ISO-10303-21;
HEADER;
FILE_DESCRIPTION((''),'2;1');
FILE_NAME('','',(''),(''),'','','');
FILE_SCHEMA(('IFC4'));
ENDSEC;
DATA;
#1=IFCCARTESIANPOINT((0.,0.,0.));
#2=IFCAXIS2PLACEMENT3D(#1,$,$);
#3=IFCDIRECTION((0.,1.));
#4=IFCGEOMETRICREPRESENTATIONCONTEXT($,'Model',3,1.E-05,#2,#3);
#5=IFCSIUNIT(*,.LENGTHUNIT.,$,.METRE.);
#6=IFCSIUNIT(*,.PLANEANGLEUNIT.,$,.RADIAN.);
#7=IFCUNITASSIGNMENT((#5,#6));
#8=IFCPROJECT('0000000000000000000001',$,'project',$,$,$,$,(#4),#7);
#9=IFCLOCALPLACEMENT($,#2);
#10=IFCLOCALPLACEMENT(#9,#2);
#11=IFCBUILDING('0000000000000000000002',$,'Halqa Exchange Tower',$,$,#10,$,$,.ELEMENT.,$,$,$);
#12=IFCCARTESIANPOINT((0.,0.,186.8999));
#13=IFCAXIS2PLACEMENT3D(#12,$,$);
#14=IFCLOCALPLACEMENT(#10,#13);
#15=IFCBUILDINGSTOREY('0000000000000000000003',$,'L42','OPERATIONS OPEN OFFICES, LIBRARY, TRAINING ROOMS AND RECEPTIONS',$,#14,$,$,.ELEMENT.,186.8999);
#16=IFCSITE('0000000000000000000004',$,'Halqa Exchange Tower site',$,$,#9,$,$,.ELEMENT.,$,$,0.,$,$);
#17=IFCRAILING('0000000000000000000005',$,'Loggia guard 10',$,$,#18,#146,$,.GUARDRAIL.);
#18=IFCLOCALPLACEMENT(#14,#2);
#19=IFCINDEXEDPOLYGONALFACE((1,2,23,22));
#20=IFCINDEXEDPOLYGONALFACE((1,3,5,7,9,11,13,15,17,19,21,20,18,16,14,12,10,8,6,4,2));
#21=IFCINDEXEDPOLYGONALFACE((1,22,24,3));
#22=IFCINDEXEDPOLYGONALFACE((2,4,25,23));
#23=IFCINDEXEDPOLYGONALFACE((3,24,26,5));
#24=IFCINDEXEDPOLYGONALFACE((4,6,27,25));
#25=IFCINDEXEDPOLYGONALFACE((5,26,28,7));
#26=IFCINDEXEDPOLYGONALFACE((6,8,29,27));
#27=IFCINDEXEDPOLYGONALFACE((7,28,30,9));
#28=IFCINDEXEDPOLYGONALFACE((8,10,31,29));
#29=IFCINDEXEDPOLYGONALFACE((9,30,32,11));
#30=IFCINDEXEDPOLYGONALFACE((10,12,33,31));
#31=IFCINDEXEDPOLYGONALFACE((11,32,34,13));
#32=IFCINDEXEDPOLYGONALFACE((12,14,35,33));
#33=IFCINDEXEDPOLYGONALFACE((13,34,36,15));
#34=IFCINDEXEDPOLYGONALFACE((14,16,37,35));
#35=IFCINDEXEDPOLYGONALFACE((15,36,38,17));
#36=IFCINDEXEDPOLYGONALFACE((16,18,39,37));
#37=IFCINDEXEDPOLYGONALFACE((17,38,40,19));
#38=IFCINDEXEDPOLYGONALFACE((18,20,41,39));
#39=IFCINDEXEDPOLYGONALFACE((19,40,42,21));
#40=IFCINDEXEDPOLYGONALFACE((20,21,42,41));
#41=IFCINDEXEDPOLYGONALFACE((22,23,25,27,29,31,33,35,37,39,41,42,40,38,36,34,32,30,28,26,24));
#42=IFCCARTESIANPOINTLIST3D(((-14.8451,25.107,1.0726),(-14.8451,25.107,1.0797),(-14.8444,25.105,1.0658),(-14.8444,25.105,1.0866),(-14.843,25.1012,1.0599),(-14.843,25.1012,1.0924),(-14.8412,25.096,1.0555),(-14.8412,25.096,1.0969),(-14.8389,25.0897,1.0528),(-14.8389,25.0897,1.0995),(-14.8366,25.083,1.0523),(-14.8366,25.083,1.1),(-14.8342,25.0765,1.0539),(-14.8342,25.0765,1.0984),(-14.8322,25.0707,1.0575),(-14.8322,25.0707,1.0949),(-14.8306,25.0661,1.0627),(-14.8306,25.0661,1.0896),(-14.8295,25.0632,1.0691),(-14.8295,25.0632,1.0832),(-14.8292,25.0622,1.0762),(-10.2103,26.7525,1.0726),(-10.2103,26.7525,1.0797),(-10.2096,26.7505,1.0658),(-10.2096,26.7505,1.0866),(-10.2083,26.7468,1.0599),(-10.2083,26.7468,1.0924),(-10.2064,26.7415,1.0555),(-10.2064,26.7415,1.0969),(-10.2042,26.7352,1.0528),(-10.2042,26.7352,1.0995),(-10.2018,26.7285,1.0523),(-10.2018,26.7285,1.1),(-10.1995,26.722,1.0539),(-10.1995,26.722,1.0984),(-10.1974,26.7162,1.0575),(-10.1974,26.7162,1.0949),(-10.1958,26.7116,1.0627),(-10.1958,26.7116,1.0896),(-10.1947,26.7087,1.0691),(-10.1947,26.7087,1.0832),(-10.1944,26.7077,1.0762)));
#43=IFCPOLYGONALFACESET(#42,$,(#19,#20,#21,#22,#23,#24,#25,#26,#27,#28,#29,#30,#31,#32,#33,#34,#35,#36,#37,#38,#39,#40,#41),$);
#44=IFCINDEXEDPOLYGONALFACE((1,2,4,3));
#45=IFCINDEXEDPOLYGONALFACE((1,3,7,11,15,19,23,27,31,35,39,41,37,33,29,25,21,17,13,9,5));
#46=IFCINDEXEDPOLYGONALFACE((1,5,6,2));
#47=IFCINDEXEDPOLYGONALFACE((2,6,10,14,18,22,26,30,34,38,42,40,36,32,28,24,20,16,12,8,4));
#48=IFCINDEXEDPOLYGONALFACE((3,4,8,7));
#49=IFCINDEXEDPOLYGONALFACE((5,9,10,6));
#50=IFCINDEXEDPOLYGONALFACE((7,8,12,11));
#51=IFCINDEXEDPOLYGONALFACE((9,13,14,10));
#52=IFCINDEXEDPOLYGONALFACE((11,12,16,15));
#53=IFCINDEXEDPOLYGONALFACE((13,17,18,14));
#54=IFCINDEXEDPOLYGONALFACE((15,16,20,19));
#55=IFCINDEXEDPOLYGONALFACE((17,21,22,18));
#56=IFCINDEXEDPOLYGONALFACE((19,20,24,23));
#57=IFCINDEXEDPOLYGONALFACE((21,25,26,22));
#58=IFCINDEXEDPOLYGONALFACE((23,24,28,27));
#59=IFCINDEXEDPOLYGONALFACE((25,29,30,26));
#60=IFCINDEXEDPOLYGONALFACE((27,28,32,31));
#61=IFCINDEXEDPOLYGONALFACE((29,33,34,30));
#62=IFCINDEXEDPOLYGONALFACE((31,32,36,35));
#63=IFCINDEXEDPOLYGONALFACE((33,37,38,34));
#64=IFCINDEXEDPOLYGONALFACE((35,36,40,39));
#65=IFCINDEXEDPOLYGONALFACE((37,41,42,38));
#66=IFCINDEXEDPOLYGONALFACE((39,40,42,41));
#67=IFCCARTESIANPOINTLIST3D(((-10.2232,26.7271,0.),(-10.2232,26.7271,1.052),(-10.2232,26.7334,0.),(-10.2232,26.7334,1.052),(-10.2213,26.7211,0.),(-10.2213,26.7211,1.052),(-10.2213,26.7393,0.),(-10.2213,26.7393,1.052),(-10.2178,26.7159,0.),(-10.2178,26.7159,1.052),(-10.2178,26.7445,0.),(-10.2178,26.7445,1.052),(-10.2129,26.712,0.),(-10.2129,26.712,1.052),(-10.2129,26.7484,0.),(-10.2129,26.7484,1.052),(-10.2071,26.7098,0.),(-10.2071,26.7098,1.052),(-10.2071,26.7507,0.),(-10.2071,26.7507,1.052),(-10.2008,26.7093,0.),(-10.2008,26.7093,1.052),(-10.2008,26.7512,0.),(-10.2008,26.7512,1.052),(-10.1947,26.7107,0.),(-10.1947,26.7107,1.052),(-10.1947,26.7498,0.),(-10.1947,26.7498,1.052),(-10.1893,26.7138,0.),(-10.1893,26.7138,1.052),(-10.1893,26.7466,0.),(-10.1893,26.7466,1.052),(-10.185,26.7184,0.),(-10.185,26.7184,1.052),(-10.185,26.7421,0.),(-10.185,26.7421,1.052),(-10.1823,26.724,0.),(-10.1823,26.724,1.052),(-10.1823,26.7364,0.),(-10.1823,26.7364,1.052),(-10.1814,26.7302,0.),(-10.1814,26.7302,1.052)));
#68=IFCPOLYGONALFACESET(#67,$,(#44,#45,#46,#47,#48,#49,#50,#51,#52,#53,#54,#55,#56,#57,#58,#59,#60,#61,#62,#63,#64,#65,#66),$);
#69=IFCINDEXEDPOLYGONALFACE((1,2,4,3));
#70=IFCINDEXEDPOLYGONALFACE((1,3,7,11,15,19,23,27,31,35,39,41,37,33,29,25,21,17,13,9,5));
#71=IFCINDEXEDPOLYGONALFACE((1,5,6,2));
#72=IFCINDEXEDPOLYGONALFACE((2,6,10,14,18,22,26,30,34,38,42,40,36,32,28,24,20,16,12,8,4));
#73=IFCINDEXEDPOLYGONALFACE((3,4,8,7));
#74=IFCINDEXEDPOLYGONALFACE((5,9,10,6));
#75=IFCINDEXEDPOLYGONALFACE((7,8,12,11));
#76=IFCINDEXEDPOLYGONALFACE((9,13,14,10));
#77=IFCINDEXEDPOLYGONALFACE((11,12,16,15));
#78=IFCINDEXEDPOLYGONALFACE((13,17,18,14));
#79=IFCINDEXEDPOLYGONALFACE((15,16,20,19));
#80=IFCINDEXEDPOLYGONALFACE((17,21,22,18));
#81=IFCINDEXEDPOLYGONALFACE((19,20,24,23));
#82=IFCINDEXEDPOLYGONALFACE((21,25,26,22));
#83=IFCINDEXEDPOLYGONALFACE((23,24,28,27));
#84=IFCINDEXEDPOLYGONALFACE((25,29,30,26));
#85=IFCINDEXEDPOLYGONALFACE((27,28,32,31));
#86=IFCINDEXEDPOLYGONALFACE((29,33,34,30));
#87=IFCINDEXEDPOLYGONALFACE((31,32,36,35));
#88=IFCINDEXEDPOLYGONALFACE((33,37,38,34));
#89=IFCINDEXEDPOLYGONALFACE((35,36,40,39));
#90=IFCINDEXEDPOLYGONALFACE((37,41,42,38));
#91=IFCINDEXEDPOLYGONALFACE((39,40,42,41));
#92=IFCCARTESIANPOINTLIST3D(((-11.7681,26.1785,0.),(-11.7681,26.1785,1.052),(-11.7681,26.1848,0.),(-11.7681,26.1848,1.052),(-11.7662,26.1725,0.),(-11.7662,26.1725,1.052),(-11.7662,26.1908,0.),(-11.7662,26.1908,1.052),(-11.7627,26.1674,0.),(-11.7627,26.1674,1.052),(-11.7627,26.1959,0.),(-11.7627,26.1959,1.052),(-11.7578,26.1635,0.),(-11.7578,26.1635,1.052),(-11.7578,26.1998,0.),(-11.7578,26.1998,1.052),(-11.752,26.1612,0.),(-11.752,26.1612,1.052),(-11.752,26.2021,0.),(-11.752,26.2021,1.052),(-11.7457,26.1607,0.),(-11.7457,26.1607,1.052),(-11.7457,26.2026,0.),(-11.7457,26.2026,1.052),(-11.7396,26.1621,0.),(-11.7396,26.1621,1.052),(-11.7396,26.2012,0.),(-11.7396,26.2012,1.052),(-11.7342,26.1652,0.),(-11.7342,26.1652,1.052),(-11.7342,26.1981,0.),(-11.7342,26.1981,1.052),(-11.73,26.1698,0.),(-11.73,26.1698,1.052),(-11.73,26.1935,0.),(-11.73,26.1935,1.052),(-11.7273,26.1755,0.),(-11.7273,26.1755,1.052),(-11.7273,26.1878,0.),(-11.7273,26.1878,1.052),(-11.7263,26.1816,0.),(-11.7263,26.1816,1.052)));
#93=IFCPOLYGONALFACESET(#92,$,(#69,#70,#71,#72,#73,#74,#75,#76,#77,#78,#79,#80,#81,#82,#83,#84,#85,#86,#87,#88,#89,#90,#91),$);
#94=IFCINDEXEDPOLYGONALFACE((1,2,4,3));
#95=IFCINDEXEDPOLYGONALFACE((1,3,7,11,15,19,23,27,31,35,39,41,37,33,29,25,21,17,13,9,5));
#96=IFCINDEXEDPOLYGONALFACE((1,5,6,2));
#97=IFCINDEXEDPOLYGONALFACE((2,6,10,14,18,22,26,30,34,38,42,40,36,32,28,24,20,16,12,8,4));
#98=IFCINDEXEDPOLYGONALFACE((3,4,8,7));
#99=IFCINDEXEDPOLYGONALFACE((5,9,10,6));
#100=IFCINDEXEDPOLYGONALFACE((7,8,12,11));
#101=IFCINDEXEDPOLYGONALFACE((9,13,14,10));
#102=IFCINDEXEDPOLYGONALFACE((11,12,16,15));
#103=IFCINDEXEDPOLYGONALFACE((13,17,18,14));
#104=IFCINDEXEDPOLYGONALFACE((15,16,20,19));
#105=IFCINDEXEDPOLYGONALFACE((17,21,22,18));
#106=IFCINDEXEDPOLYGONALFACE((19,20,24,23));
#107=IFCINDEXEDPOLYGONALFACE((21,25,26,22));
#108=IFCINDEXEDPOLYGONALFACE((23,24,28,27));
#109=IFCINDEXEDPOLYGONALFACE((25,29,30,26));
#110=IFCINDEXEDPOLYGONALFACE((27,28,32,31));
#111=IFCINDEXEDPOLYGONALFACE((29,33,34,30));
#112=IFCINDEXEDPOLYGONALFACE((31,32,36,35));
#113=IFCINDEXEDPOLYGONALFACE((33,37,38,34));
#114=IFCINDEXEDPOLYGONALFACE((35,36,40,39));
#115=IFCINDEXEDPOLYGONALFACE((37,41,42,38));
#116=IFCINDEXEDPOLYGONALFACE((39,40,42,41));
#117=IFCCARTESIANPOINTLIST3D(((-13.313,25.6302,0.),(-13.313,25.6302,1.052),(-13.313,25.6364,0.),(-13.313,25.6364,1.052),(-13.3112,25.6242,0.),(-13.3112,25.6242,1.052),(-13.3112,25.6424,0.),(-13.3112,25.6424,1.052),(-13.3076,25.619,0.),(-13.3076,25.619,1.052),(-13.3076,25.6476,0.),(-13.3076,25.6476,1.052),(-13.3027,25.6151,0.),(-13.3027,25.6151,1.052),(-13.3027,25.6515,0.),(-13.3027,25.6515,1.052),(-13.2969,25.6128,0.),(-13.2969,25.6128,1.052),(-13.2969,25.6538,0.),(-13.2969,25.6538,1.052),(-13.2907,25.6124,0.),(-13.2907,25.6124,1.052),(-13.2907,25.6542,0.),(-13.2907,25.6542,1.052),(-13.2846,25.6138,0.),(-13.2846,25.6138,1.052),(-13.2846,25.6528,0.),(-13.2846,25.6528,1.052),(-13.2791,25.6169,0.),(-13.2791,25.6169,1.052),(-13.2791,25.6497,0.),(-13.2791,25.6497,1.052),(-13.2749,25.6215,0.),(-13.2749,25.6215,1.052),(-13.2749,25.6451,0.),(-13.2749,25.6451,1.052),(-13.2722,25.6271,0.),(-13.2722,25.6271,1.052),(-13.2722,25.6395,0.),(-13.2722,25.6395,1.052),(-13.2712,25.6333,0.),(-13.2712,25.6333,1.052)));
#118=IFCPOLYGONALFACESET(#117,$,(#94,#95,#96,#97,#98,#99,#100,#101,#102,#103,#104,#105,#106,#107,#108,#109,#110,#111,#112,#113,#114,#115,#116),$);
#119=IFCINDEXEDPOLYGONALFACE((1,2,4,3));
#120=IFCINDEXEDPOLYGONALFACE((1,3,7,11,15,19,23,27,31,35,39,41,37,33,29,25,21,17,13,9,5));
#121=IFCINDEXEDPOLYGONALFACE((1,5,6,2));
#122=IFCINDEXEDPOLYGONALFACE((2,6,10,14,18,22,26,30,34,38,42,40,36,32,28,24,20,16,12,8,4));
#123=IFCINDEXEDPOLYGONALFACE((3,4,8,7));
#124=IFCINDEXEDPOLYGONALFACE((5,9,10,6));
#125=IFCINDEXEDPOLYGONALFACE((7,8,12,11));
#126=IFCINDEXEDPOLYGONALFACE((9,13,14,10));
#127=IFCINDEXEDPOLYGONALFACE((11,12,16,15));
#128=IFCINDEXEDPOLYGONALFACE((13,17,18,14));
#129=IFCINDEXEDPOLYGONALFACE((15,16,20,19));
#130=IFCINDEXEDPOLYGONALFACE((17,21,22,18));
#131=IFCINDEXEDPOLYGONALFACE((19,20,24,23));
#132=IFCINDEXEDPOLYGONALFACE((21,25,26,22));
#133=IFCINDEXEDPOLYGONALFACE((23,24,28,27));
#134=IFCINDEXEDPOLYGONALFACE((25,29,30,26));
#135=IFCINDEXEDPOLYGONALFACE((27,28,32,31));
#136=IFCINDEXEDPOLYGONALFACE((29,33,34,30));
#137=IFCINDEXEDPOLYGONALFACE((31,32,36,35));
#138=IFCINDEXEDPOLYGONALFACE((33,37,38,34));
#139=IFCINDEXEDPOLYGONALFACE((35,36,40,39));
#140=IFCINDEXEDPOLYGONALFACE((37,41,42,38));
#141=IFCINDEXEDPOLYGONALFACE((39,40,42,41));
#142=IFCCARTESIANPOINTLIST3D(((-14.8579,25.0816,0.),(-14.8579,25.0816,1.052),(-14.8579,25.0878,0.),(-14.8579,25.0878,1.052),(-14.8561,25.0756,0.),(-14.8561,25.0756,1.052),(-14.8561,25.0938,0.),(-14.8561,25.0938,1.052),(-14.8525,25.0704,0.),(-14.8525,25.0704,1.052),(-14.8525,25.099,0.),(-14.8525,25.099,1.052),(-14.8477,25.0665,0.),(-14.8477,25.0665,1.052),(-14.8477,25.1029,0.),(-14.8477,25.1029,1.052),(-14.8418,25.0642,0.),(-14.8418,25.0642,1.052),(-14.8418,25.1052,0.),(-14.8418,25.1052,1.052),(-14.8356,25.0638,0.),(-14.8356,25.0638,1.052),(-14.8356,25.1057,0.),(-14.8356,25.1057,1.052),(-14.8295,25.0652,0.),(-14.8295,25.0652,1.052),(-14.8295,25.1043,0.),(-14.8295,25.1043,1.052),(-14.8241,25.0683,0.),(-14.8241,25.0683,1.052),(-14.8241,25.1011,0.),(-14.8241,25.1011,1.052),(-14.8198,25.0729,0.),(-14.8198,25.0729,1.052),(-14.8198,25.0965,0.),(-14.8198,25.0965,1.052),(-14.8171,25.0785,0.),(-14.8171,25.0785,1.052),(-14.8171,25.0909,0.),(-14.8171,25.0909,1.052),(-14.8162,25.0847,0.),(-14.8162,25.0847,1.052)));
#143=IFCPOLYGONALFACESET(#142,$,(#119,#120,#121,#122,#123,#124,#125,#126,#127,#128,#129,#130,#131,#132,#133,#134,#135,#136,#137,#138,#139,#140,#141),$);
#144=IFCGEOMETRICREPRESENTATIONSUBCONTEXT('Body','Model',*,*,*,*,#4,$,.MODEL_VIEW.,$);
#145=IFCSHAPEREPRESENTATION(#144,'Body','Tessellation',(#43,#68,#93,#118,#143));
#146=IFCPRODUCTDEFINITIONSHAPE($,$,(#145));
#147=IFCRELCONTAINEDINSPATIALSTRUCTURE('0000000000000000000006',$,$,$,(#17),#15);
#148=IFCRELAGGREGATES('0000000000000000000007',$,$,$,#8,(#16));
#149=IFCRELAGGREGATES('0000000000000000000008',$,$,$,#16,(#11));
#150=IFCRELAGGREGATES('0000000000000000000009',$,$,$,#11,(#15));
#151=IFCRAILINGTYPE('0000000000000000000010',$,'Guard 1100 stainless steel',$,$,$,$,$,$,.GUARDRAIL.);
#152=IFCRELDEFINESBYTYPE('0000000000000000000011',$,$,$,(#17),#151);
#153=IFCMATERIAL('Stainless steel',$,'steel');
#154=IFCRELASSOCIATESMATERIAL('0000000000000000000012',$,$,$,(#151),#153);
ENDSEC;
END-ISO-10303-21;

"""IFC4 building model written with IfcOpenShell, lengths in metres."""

from ifc_helpers import new_model, si_unit, direction, frame, origin, origin_2d, place, context, subcontext, project, spatial, circle, extrude, material, type_object, element, save


model = new_model("IFC4")

# Units and contexts
model_context = context("Model", 3, precision=1e-05, world=origin(), true_north=direction((0.0, 1.0)))
body_context = subcontext(model_context, "Body", "Model", "MODEL_VIEW")
ifc_project = project(units=[si_unit("LENGTHUNIT", "METRE"), si_unit("PLANEANGLEUNIT", "RADIAN")], contexts=[model_context])

# Site, building, storey
site_placement = place(None, origin())
site = spatial("IfcSite", under=ifc_project, at=site_placement, Name="Halqa Exchange Tower site", CompositionType="ELEMENT", RefElevation=0.0)
building_placement = place(site_placement, origin())
building = spatial("IfcBuilding", under=site, at=building_placement, Name="Halqa Exchange Tower", CompositionType="ELEMENT")
storey_placement = place(building_placement, frame((0.0, 0.0, 186.8999)))
storey = spatial("IfcBuildingStorey", under=building, at=storey_placement, Name="L42", Description="OPERATIONS OPEN OFFICES, LIBRARY, TRAINING ROOMS AND RECEPTIONS", CompositionType="ELEMENT", Elevation=186.8999)

# Railing
ifc_material_1 = material(Name="Stainless steel", Category="steel")
railing_type_1 = type_object("IfcRailingType", Name="Guard 1100 stainless steel", PredefinedType="GUARDRAIL", material=ifc_material_1)
railing_1_placement = place(storey_placement, frame((-10.2024, 26.7302, 0.0)))
element("IfcRailing", 1, at=railing_1_placement, inside=storey, type_object=railing_type_1, Name="Loggia guard 10", PredefinedType="GUARDRAIL", context=body_context, shape_type="SweptSolid", body=[
    extrude(circle(Radius=0.0239, at=origin_2d()), frame((0.0, 0.0, 1.0762), z_axis=(-0.942369, -0.334575, 0.0), x_axis=(0.334575, -0.942369, 0.0)), (0.0, 0.0, 1.0), 4.9182),
    extrude(circle(Radius=0.021, at=origin_2d()), origin(), (0.0, 0.0, 1.0), 1.052),
    extrude(circle(Radius=0.021, at=origin_2d()), frame((-1.5449, -0.5486, 0.0)), (0.0, 0.0, 1.0), 1.052),
    extrude(circle(Radius=0.021, at=origin_2d()), frame((-3.0898, -1.0969, 0.0)), (0.0, 0.0, 1.0), 1.052),
    extrude(circle(Radius=0.021, at=origin_2d()), frame((-4.6348, -1.6455, 0.0)), (0.0, 0.0, 1.0), 1.052),
])

save(model, "model.ifc")
